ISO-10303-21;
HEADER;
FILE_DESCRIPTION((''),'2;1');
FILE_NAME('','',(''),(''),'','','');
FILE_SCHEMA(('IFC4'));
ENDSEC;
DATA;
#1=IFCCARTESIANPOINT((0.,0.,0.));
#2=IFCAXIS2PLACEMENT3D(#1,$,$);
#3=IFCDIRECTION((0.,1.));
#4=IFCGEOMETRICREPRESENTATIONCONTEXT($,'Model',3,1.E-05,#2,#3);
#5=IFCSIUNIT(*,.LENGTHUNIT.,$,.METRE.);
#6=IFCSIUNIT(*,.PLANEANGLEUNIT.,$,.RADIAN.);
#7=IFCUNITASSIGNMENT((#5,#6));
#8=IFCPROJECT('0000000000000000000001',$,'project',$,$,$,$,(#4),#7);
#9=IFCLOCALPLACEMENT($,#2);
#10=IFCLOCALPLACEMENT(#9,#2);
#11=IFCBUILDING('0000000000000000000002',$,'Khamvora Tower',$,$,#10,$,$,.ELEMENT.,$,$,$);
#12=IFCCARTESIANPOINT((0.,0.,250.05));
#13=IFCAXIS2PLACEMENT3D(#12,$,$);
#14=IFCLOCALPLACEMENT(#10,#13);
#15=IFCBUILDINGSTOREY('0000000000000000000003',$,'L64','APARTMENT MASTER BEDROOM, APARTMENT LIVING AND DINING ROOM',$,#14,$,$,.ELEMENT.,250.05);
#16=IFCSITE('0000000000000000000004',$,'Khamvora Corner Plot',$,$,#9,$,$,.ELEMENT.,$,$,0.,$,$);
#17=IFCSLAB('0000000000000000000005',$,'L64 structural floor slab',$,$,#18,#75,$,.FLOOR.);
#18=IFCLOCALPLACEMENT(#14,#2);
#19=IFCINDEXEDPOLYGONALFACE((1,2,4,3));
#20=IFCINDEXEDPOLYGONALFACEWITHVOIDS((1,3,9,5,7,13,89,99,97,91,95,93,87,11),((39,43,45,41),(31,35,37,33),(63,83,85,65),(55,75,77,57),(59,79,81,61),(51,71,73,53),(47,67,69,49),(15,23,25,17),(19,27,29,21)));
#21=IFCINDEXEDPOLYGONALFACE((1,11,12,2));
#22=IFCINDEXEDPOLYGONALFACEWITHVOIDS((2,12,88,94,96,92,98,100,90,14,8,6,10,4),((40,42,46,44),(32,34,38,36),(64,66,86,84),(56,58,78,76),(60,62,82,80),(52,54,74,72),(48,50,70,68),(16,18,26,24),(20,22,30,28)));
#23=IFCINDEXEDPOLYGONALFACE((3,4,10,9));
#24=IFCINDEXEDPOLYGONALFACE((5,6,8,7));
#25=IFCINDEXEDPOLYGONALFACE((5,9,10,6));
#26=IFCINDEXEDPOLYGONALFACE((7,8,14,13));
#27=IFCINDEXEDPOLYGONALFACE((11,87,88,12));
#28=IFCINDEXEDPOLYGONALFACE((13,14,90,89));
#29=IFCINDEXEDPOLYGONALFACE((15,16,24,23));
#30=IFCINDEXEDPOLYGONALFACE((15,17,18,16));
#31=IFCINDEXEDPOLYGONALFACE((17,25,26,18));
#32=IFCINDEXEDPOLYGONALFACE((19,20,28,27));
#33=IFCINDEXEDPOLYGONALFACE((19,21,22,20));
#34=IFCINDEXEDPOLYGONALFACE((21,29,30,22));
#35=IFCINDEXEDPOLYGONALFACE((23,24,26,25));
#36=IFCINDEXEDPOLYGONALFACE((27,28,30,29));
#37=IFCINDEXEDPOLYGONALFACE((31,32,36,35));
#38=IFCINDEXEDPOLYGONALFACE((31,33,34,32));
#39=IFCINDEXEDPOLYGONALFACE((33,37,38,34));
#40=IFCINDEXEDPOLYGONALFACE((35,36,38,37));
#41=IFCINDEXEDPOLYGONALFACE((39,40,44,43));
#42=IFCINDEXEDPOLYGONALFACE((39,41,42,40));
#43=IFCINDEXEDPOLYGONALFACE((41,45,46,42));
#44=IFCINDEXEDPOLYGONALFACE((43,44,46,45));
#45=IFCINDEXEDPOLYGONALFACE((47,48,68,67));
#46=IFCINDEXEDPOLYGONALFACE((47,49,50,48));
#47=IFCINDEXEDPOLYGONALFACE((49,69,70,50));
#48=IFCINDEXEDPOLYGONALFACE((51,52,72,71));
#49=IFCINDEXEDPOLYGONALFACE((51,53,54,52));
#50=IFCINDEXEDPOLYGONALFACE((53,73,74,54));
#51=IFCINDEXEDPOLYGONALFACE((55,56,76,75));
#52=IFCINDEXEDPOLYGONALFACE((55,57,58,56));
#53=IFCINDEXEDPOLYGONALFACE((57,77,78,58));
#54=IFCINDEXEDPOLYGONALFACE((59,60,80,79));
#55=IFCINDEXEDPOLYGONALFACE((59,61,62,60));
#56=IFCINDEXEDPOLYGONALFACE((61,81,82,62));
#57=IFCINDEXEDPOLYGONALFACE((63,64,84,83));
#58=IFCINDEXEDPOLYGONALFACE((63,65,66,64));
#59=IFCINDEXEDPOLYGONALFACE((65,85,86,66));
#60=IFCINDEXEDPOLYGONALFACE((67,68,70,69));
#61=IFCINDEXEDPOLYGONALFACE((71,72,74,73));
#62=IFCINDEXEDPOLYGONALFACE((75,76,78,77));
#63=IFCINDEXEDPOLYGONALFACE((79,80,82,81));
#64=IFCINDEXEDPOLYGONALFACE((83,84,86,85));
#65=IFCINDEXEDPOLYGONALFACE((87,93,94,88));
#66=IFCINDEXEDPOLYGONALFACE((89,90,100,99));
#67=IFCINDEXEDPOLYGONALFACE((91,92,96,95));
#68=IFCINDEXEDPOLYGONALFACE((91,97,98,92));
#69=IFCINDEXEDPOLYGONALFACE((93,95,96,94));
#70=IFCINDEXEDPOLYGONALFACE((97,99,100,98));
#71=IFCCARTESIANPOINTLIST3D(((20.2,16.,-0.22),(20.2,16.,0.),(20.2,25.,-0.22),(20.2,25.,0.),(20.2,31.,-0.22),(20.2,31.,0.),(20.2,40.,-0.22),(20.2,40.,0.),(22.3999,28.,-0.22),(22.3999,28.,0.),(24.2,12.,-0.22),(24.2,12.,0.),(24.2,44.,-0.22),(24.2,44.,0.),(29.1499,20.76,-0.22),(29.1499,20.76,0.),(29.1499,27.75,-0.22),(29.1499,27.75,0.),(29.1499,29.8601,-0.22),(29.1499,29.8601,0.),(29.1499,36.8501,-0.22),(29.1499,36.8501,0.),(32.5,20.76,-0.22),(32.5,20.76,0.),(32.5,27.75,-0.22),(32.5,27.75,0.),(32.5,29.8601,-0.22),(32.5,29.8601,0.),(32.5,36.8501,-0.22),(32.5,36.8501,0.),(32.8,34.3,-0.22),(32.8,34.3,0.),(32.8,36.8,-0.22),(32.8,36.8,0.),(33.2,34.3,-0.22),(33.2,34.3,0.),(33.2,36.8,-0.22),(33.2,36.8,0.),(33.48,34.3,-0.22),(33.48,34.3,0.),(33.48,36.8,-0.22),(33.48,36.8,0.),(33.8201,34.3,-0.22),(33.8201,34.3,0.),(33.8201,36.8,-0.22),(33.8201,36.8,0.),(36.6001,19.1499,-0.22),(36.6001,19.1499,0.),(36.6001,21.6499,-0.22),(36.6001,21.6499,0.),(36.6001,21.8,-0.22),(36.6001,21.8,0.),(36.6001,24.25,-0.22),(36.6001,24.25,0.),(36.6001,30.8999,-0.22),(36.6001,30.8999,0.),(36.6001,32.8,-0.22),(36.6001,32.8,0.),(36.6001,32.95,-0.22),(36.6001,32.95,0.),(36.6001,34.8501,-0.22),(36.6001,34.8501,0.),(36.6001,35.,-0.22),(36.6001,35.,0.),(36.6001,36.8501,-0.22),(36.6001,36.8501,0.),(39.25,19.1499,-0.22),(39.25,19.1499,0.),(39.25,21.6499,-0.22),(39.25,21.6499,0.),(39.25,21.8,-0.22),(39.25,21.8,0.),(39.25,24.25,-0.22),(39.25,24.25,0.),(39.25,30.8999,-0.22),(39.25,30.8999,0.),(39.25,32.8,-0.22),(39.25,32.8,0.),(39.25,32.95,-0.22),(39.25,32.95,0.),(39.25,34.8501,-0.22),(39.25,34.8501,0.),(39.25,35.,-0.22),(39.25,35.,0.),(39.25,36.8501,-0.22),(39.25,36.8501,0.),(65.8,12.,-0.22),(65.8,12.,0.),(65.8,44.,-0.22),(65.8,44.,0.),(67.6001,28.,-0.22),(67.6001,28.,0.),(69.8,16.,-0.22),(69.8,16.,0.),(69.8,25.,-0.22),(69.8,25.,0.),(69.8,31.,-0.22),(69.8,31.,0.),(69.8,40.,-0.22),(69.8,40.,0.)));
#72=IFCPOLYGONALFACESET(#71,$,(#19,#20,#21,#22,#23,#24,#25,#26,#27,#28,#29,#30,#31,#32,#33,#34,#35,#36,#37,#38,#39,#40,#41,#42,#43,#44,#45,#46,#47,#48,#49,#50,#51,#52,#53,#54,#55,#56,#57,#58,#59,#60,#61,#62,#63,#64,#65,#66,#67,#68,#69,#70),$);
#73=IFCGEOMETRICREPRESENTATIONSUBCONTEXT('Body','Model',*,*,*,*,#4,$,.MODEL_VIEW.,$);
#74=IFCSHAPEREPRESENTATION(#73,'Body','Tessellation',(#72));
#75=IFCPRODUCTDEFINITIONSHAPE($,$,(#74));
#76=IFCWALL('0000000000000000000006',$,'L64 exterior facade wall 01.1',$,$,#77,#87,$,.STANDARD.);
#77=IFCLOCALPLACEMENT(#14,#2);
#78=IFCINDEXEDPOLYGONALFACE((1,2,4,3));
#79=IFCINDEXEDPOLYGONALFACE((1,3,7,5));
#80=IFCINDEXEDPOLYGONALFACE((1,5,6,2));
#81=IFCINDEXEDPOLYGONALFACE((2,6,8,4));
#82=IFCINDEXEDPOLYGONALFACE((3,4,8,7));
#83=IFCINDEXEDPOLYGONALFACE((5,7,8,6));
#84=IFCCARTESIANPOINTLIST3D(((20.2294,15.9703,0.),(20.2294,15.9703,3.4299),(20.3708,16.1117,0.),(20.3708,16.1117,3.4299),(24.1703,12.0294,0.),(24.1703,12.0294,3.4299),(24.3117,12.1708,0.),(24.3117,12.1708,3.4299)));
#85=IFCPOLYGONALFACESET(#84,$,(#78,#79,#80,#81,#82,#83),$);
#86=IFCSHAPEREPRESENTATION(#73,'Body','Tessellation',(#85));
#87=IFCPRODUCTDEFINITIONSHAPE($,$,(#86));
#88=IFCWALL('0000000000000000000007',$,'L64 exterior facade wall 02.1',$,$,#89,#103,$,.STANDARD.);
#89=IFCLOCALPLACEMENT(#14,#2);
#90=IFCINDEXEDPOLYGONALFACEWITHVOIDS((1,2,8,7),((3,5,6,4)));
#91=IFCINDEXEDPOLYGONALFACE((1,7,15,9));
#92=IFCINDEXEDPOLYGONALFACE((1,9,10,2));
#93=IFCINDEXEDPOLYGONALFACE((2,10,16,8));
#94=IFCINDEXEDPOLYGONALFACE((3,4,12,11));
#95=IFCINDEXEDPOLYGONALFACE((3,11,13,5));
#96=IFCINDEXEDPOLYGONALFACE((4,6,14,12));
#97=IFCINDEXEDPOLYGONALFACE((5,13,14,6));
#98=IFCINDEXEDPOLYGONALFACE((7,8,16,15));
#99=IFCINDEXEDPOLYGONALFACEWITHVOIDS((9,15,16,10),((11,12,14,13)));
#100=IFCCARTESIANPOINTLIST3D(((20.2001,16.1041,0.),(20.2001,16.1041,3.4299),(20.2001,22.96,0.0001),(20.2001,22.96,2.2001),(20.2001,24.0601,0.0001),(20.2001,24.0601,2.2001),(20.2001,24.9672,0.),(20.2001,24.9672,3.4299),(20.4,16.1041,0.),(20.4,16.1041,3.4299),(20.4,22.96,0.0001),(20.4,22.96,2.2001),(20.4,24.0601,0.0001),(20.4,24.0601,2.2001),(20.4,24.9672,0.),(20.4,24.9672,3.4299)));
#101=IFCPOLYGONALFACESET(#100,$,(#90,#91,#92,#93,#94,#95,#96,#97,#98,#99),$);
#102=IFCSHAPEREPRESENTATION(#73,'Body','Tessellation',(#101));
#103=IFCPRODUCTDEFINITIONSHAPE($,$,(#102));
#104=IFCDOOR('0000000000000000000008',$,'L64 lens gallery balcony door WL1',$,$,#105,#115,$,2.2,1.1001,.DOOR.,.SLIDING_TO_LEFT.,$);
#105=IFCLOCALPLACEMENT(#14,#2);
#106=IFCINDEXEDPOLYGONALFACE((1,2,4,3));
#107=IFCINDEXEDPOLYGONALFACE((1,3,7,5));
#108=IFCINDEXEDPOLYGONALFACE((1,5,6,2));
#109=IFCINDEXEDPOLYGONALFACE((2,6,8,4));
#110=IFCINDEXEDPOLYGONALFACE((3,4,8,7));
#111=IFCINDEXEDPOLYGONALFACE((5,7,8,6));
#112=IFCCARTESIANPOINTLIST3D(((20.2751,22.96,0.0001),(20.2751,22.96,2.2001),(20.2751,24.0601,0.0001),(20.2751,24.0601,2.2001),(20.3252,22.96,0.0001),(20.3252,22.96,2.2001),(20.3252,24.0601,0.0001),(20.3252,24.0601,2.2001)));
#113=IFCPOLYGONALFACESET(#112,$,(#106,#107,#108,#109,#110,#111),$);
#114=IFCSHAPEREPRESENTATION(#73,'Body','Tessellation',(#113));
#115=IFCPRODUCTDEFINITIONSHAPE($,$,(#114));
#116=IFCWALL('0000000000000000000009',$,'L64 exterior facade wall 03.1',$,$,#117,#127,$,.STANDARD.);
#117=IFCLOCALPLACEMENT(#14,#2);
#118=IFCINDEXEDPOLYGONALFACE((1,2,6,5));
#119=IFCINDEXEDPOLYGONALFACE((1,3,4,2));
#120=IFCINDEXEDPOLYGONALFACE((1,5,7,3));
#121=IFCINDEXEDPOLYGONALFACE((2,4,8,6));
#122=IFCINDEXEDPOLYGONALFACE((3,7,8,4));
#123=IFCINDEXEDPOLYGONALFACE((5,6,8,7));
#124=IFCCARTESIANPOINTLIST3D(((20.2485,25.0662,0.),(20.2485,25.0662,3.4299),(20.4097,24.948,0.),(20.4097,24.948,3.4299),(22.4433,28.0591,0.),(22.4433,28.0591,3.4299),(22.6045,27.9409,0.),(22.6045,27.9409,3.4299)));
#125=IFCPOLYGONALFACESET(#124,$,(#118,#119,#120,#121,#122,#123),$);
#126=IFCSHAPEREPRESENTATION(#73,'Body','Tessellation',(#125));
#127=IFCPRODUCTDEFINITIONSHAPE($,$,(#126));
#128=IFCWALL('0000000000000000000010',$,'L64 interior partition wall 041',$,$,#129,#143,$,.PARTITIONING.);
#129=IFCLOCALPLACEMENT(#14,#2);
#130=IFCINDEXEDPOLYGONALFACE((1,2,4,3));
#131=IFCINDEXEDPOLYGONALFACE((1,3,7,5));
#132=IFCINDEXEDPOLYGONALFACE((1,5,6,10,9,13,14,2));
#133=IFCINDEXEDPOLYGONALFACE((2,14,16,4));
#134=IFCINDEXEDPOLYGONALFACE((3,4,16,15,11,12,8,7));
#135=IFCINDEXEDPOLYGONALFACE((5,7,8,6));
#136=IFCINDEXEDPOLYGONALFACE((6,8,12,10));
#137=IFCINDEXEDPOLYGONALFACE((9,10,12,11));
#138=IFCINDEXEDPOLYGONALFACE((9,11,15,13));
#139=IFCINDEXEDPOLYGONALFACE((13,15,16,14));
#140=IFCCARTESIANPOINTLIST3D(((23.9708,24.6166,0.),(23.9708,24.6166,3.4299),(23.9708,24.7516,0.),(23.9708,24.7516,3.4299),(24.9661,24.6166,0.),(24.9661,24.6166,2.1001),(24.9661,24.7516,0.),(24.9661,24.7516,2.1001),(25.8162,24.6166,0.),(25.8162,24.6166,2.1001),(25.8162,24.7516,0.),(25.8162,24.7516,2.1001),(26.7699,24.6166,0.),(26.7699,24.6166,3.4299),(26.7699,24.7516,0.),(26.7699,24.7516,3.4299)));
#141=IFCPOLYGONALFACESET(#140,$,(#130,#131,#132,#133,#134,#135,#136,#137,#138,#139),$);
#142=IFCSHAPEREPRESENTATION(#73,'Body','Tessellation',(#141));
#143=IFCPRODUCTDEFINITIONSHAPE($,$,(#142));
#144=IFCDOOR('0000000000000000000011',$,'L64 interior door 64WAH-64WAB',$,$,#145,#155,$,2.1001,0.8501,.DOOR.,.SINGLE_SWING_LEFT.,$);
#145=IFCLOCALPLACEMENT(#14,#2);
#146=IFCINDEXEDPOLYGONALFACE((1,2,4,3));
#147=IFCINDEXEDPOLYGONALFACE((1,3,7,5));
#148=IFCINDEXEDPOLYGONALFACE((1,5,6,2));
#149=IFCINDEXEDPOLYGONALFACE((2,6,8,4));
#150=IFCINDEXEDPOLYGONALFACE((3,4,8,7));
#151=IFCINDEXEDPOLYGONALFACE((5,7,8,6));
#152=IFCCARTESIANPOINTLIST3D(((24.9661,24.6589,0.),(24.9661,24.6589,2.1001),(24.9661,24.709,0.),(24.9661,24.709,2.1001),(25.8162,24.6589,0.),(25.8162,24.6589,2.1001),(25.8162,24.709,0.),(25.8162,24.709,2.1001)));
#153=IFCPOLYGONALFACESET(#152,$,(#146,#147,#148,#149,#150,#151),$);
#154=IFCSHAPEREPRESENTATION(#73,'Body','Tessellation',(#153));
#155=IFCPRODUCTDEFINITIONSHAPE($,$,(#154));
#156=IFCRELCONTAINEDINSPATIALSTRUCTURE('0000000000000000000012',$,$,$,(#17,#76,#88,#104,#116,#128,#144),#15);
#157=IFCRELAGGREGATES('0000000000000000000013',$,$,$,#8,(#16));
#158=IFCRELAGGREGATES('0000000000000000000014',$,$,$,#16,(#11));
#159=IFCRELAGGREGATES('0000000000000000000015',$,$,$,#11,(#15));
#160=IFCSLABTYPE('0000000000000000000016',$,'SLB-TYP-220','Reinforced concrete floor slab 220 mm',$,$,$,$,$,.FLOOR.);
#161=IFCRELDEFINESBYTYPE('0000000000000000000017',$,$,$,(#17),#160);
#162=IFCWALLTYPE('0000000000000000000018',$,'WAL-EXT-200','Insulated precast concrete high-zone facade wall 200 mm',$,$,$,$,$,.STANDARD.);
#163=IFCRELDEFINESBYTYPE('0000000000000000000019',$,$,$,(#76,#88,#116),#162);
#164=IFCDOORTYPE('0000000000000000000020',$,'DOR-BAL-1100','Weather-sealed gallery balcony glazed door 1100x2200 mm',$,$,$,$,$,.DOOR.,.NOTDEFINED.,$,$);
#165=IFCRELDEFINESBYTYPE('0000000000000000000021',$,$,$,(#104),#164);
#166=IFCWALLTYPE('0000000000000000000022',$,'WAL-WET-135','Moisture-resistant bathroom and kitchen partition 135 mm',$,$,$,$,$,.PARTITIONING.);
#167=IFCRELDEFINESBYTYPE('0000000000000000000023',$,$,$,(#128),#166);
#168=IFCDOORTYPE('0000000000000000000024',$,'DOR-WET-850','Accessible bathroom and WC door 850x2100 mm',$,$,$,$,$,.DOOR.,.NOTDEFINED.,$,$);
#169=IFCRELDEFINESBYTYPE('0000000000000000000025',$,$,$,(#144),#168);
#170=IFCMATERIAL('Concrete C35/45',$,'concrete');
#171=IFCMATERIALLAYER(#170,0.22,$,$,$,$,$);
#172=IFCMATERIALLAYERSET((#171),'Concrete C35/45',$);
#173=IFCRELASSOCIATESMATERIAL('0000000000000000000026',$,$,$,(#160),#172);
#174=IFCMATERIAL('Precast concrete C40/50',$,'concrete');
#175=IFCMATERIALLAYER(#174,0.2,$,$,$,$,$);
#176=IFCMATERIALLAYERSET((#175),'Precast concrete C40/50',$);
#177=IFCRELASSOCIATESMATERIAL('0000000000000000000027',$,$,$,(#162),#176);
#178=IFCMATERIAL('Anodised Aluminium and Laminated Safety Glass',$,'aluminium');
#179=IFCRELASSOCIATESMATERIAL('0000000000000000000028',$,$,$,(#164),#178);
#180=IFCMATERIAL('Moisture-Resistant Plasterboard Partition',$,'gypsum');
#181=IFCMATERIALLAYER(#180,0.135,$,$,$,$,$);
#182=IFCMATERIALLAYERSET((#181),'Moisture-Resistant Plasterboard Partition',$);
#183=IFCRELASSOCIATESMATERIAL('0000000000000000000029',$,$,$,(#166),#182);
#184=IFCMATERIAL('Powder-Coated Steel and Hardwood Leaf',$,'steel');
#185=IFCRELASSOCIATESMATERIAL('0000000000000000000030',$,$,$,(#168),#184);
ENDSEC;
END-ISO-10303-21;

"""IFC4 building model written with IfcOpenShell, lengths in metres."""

from ifc_helpers import new_model, si_unit, direction, frame, frame_2d, origin, place, context, subcontext, project, spatial, polyline, rectangle, outline, extrude, material, layer, layer_set, type_object, element, fill, save


model = new_model("IFC4")

# Units and contexts
model_context = context("Model", 3, precision=1e-05, world=origin(), true_north=direction((0.0, 1.0)))
body_context = subcontext(model_context, "Body", "Model", "MODEL_VIEW")
ifc_project = project(units=[si_unit("LENGTHUNIT", "METRE"), si_unit("PLANEANGLEUNIT", "RADIAN")], contexts=[model_context])

# Site, building, storey
site_placement = place(None, origin())
site = spatial("IfcSite", under=ifc_project, at=site_placement, Name="Khamvora Corner Plot", CompositionType="ELEMENT", RefElevation=0.0)
building_placement = place(site_placement, origin())
building = spatial("IfcBuilding", under=site, at=building_placement, Name="Khamvora Tower", CompositionType="ELEMENT")
storey_placement = place(building_placement, frame((0.0, 0.0, 250.05)))
storey = spatial("IfcBuildingStorey", under=building, at=storey_placement, Name="L64", Description="APARTMENT MASTER BEDROOM, APARTMENT LIVING AND DINING ROOM", CompositionType="ELEMENT", Elevation=250.05)

# Slab
ifc_material_1 = material(Name="Concrete C35/45", Category="concrete")
ifc_layer_1 = layer(ifc_material_1, 0.22)
ifc_layer_set_1 = layer_set([ifc_layer_1], Name="Concrete C35/45")
slab_type_1 = type_object("IfcSlabType", Name="SLB-TYP-220", Description="Reinforced concrete floor slab 220 mm", PredefinedType="FLOOR", material=ifc_layer_set_1)
slab_1_placement = place(storey_placement, frame((0.0, 0.0, -0.22)))
element("IfcSlab", 1, at=slab_1_placement, inside=storey, type_object=slab_type_1, Name="L64 structural floor slab", PredefinedType="FLOOR", context=body_context, shape_type="SweptSolid", body=[
    extrude(outline(polyline([(24.2, 12.0), (65.8, 12.0), (69.8, 16.0), (69.8, 25.0), (67.6001, 28.0), (69.8, 31.0), (69.8, 40.0), (65.8, 44.0), (24.2, 44.0), (20.2, 40.0), (20.2, 31.0), (22.3999, 28.0), (20.2, 25.0), (20.2, 16.0), (24.2, 12.0)]), holes=[polyline([(32.5, 20.76), (32.5, 27.75), (29.1499, 27.75), (29.1499, 20.76), (32.5, 20.76)]), polyline([(32.5, 29.8601), (32.5, 36.8501), (29.1499, 36.8501), (29.1499, 29.8601), (32.5, 29.8601)]), polyline([(36.6001, 19.1499), (39.25, 19.1499), (39.25, 21.6499), (36.6001, 21.6499), (36.6001, 19.1499)]), polyline([(36.6001, 21.8), (39.25, 21.8), (39.25, 24.25), (36.6001, 24.25), (36.6001, 21.8)]), polyline([(36.6001, 30.8999), (39.25, 30.8999), (39.25, 32.8), (36.6001, 32.8), (36.6001, 30.8999)]), polyline([(36.6001, 32.95), (39.25, 32.95), (39.25, 34.8501), (36.6001, 34.8501), (36.6001, 32.95)]), polyline([(36.6001, 35.0), (39.25, 35.0), (39.25, 36.8501), (36.6001, 36.8501), (36.6001, 35.0)]), polyline([(32.8, 34.3), (33.2, 34.3), (33.2, 36.8), (32.8, 36.8), (32.8, 34.3)]), polyline([(33.48, 34.3), (33.8201, 34.3), (33.8201, 36.8), (33.48, 36.8), (33.48, 34.3)])]), origin(), (0.0, 0.0, 1.0), 0.22),
])

# Wall
ifc_material_2 = material(Name="Precast concrete C40/50", Category="concrete")
ifc_layer_2 = layer(ifc_material_2, 0.2)
ifc_layer_set_2 = layer_set([ifc_layer_2], Name="Precast concrete C40/50")
wall_type_1 = type_object("IfcWallType", Name="WAL-EXT-200", Description="Insulated precast concrete high-zone facade wall 200 mm", PredefinedType="STANDARD", material=ifc_layer_set_2)
wall_1_placement = place(storey_placement, frame((24.241, 12.1001, 0.0), z_axis=(0.0, 0.0, 1.0), x_axis=(-0.707107, 0.707107, 0.0)))
element("IfcWall", 2, at=wall_1_placement, inside=storey, type_object=wall_type_1, Name="L64 exterior facade wall 01.1", PredefinedType="STANDARD", context=body_context, shape_type="SweptSolid", body=[
    extrude(rectangle(XDim=5.5732, YDim=0.2, at=frame_2d((2.7866, 0.0))), origin(), (0.0, 0.0, 1.0), 3.4299),
])

# Wall, opening, door
wall_2_placement = place(storey_placement, frame((20.3, 16.104, 0.0), z_axis=(0.0, 0.0, 1.0), x_axis=(0.0, 1.0, 0.0)))
wall_2 = element("IfcWall", 3, at=wall_2_placement, inside=storey, type_object=wall_type_1, Name="L64 exterior facade wall 02.1", PredefinedType="STANDARD", context=body_context, shape_type="SweptSolid", body=[
    extrude(rectangle(XDim=8.863, YDim=0.2, at=frame_2d((4.4316, 0.0))), origin(), (0.0, 0.0, 1.0), 3.4299),
])
opening_1_placement = place(wall_2_placement, frame((6.856, 0.0, 0.0)))
opening_1 = element("IfcOpeningElement", 4, at=opening_1_placement, cuts=wall_2, PredefinedType="OPENING", context=body_context, shape_type="SweptSolid", body=[
    extrude(rectangle(XDim=1.1001, YDim=2.2, at=frame_2d((0.55, 1.1001))), frame((0.0, 0.1099, 0.0), z_axis=(0.0, -1.0, 0.0), x_axis=(1.0, 0.0, 0.0)), (0.0, 0.0, 1.0), 0.22),
])
ifc_material_3 = material(Name="Anodised Aluminium and Laminated Safety Glass", Category="aluminium")
door_type_1 = type_object("IfcDoorType", Name="DOR-BAL-1100", Description="Weather-sealed gallery balcony glazed door 1100x2200 mm", OperationType="NOTDEFINED", PredefinedType="DOOR", material=ifc_material_3)
door_1_placement = place(opening_1_placement, origin())
door_1 = element("IfcDoor", 5, at=door_1_placement, inside=storey, type_object=door_type_1, Name="L64 lens gallery balcony door WL1", OperationType="SLIDING_TO_LEFT", OverallHeight=2.2, OverallWidth=1.1001, PredefinedType="DOOR", context=body_context, shape_type="SweptSolid", body=[
    extrude(rectangle(XDim=1.1001, YDim=2.2, at=frame_2d((0.55, 1.1001))), frame((0.0, 0.0249, 0.0), z_axis=(0.0, -1.0, 0.0), x_axis=(1.0, 0.0, 0.0)), (0.0, 0.0, 1.0), 0.05),
])
fill(opening_1, door_1)

# Wall
wall_3_placement = place(storey_placement, frame((20.3291, 25.0071, 0.0), z_axis=(0.0, 0.0, 1.0), x_axis=(0.591367, 0.806403, 0.0)))
element("IfcWall", 6, at=wall_3_placement, inside=storey, type_object=wall_type_1, Name="L64 exterior facade wall 03.1", PredefinedType="STANDARD", context=body_context, shape_type="SweptSolid", body=[
    extrude(rectangle(XDim=3.7114, YDim=0.2, at=frame_2d((1.8557, 0.0))), origin(), (0.0, 0.0, 1.0), 3.4299),
])

# Wall, opening, door
ifc_material_4 = material(Name="Moisture-Resistant Plasterboard Partition", Category="gypsum")
ifc_layer_3 = layer(ifc_material_4, 0.135)
ifc_layer_set_3 = layer_set([ifc_layer_3], Name="Moisture-Resistant Plasterboard Partition")
wall_type_2 = type_object("IfcWallType", Name="WAL-WET-135", Description="Moisture-resistant bathroom and kitchen partition 135 mm", PredefinedType="PARTITIONING", material=ifc_layer_set_3)
wall_4_placement = place(storey_placement, frame((23.9709, 24.6841, 0.0), z_axis=(0.0, 0.0, 1.0), x_axis=(1.0, 0.0, 0.0)))
wall_4 = element("IfcWall", 7, at=wall_4_placement, inside=storey, type_object=wall_type_2, Name="L64 interior partition wall 041", PredefinedType="PARTITIONING", context=body_context, shape_type="SweptSolid", body=[
    extrude(rectangle(XDim=2.7991, YDim=0.135, at=frame_2d((1.3994, 0.0))), origin(), (0.0, 0.0, 1.0), 3.4299),
])
opening_2_placement = place(wall_4_placement, frame((0.9951, 0.0, 0.0)))
opening_2 = element("IfcOpeningElement", 8, at=opening_2_placement, cuts=wall_4, PredefinedType="OPENING", context=body_context, shape_type="SweptSolid", body=[
    extrude(rectangle(XDim=0.8501, YDim=2.1001, at=frame_2d((0.425, 1.05))), frame((0.0, 0.0774, 0.0), z_axis=(0.0, -1.0, 0.0), x_axis=(1.0, 0.0, 0.0)), (0.0, 0.0, 1.0), 0.155),
])
ifc_material_5 = material(Name="Powder-Coated Steel and Hardwood Leaf", Category="steel")
door_type_2 = type_object("IfcDoorType", Name="DOR-WET-850", Description="Accessible bathroom and WC door 850x2100 mm", OperationType="NOTDEFINED", PredefinedType="DOOR", material=ifc_material_5)
door_2_placement = place(opening_2_placement, origin())
door_2 = element("IfcDoor", 9, at=door_2_placement, inside=storey, type_object=door_type_2, Name="L64 interior door 64WAH-64WAB", OperationType="SINGLE_SWING_LEFT", OverallHeight=2.1001, OverallWidth=0.8501, PredefinedType="DOOR", context=body_context, shape_type="SweptSolid", body=[
    extrude(rectangle(XDim=0.8501, YDim=2.1001, at=frame_2d((0.425, 1.05))), frame((0.0, 0.0249, 0.0), z_axis=(0.0, -1.0, 0.0), x_axis=(1.0, 0.0, 0.0)), (0.0, 0.0, 1.0), 0.05),
])
fill(opening_2, door_2)

save(model, "model.ifc")
